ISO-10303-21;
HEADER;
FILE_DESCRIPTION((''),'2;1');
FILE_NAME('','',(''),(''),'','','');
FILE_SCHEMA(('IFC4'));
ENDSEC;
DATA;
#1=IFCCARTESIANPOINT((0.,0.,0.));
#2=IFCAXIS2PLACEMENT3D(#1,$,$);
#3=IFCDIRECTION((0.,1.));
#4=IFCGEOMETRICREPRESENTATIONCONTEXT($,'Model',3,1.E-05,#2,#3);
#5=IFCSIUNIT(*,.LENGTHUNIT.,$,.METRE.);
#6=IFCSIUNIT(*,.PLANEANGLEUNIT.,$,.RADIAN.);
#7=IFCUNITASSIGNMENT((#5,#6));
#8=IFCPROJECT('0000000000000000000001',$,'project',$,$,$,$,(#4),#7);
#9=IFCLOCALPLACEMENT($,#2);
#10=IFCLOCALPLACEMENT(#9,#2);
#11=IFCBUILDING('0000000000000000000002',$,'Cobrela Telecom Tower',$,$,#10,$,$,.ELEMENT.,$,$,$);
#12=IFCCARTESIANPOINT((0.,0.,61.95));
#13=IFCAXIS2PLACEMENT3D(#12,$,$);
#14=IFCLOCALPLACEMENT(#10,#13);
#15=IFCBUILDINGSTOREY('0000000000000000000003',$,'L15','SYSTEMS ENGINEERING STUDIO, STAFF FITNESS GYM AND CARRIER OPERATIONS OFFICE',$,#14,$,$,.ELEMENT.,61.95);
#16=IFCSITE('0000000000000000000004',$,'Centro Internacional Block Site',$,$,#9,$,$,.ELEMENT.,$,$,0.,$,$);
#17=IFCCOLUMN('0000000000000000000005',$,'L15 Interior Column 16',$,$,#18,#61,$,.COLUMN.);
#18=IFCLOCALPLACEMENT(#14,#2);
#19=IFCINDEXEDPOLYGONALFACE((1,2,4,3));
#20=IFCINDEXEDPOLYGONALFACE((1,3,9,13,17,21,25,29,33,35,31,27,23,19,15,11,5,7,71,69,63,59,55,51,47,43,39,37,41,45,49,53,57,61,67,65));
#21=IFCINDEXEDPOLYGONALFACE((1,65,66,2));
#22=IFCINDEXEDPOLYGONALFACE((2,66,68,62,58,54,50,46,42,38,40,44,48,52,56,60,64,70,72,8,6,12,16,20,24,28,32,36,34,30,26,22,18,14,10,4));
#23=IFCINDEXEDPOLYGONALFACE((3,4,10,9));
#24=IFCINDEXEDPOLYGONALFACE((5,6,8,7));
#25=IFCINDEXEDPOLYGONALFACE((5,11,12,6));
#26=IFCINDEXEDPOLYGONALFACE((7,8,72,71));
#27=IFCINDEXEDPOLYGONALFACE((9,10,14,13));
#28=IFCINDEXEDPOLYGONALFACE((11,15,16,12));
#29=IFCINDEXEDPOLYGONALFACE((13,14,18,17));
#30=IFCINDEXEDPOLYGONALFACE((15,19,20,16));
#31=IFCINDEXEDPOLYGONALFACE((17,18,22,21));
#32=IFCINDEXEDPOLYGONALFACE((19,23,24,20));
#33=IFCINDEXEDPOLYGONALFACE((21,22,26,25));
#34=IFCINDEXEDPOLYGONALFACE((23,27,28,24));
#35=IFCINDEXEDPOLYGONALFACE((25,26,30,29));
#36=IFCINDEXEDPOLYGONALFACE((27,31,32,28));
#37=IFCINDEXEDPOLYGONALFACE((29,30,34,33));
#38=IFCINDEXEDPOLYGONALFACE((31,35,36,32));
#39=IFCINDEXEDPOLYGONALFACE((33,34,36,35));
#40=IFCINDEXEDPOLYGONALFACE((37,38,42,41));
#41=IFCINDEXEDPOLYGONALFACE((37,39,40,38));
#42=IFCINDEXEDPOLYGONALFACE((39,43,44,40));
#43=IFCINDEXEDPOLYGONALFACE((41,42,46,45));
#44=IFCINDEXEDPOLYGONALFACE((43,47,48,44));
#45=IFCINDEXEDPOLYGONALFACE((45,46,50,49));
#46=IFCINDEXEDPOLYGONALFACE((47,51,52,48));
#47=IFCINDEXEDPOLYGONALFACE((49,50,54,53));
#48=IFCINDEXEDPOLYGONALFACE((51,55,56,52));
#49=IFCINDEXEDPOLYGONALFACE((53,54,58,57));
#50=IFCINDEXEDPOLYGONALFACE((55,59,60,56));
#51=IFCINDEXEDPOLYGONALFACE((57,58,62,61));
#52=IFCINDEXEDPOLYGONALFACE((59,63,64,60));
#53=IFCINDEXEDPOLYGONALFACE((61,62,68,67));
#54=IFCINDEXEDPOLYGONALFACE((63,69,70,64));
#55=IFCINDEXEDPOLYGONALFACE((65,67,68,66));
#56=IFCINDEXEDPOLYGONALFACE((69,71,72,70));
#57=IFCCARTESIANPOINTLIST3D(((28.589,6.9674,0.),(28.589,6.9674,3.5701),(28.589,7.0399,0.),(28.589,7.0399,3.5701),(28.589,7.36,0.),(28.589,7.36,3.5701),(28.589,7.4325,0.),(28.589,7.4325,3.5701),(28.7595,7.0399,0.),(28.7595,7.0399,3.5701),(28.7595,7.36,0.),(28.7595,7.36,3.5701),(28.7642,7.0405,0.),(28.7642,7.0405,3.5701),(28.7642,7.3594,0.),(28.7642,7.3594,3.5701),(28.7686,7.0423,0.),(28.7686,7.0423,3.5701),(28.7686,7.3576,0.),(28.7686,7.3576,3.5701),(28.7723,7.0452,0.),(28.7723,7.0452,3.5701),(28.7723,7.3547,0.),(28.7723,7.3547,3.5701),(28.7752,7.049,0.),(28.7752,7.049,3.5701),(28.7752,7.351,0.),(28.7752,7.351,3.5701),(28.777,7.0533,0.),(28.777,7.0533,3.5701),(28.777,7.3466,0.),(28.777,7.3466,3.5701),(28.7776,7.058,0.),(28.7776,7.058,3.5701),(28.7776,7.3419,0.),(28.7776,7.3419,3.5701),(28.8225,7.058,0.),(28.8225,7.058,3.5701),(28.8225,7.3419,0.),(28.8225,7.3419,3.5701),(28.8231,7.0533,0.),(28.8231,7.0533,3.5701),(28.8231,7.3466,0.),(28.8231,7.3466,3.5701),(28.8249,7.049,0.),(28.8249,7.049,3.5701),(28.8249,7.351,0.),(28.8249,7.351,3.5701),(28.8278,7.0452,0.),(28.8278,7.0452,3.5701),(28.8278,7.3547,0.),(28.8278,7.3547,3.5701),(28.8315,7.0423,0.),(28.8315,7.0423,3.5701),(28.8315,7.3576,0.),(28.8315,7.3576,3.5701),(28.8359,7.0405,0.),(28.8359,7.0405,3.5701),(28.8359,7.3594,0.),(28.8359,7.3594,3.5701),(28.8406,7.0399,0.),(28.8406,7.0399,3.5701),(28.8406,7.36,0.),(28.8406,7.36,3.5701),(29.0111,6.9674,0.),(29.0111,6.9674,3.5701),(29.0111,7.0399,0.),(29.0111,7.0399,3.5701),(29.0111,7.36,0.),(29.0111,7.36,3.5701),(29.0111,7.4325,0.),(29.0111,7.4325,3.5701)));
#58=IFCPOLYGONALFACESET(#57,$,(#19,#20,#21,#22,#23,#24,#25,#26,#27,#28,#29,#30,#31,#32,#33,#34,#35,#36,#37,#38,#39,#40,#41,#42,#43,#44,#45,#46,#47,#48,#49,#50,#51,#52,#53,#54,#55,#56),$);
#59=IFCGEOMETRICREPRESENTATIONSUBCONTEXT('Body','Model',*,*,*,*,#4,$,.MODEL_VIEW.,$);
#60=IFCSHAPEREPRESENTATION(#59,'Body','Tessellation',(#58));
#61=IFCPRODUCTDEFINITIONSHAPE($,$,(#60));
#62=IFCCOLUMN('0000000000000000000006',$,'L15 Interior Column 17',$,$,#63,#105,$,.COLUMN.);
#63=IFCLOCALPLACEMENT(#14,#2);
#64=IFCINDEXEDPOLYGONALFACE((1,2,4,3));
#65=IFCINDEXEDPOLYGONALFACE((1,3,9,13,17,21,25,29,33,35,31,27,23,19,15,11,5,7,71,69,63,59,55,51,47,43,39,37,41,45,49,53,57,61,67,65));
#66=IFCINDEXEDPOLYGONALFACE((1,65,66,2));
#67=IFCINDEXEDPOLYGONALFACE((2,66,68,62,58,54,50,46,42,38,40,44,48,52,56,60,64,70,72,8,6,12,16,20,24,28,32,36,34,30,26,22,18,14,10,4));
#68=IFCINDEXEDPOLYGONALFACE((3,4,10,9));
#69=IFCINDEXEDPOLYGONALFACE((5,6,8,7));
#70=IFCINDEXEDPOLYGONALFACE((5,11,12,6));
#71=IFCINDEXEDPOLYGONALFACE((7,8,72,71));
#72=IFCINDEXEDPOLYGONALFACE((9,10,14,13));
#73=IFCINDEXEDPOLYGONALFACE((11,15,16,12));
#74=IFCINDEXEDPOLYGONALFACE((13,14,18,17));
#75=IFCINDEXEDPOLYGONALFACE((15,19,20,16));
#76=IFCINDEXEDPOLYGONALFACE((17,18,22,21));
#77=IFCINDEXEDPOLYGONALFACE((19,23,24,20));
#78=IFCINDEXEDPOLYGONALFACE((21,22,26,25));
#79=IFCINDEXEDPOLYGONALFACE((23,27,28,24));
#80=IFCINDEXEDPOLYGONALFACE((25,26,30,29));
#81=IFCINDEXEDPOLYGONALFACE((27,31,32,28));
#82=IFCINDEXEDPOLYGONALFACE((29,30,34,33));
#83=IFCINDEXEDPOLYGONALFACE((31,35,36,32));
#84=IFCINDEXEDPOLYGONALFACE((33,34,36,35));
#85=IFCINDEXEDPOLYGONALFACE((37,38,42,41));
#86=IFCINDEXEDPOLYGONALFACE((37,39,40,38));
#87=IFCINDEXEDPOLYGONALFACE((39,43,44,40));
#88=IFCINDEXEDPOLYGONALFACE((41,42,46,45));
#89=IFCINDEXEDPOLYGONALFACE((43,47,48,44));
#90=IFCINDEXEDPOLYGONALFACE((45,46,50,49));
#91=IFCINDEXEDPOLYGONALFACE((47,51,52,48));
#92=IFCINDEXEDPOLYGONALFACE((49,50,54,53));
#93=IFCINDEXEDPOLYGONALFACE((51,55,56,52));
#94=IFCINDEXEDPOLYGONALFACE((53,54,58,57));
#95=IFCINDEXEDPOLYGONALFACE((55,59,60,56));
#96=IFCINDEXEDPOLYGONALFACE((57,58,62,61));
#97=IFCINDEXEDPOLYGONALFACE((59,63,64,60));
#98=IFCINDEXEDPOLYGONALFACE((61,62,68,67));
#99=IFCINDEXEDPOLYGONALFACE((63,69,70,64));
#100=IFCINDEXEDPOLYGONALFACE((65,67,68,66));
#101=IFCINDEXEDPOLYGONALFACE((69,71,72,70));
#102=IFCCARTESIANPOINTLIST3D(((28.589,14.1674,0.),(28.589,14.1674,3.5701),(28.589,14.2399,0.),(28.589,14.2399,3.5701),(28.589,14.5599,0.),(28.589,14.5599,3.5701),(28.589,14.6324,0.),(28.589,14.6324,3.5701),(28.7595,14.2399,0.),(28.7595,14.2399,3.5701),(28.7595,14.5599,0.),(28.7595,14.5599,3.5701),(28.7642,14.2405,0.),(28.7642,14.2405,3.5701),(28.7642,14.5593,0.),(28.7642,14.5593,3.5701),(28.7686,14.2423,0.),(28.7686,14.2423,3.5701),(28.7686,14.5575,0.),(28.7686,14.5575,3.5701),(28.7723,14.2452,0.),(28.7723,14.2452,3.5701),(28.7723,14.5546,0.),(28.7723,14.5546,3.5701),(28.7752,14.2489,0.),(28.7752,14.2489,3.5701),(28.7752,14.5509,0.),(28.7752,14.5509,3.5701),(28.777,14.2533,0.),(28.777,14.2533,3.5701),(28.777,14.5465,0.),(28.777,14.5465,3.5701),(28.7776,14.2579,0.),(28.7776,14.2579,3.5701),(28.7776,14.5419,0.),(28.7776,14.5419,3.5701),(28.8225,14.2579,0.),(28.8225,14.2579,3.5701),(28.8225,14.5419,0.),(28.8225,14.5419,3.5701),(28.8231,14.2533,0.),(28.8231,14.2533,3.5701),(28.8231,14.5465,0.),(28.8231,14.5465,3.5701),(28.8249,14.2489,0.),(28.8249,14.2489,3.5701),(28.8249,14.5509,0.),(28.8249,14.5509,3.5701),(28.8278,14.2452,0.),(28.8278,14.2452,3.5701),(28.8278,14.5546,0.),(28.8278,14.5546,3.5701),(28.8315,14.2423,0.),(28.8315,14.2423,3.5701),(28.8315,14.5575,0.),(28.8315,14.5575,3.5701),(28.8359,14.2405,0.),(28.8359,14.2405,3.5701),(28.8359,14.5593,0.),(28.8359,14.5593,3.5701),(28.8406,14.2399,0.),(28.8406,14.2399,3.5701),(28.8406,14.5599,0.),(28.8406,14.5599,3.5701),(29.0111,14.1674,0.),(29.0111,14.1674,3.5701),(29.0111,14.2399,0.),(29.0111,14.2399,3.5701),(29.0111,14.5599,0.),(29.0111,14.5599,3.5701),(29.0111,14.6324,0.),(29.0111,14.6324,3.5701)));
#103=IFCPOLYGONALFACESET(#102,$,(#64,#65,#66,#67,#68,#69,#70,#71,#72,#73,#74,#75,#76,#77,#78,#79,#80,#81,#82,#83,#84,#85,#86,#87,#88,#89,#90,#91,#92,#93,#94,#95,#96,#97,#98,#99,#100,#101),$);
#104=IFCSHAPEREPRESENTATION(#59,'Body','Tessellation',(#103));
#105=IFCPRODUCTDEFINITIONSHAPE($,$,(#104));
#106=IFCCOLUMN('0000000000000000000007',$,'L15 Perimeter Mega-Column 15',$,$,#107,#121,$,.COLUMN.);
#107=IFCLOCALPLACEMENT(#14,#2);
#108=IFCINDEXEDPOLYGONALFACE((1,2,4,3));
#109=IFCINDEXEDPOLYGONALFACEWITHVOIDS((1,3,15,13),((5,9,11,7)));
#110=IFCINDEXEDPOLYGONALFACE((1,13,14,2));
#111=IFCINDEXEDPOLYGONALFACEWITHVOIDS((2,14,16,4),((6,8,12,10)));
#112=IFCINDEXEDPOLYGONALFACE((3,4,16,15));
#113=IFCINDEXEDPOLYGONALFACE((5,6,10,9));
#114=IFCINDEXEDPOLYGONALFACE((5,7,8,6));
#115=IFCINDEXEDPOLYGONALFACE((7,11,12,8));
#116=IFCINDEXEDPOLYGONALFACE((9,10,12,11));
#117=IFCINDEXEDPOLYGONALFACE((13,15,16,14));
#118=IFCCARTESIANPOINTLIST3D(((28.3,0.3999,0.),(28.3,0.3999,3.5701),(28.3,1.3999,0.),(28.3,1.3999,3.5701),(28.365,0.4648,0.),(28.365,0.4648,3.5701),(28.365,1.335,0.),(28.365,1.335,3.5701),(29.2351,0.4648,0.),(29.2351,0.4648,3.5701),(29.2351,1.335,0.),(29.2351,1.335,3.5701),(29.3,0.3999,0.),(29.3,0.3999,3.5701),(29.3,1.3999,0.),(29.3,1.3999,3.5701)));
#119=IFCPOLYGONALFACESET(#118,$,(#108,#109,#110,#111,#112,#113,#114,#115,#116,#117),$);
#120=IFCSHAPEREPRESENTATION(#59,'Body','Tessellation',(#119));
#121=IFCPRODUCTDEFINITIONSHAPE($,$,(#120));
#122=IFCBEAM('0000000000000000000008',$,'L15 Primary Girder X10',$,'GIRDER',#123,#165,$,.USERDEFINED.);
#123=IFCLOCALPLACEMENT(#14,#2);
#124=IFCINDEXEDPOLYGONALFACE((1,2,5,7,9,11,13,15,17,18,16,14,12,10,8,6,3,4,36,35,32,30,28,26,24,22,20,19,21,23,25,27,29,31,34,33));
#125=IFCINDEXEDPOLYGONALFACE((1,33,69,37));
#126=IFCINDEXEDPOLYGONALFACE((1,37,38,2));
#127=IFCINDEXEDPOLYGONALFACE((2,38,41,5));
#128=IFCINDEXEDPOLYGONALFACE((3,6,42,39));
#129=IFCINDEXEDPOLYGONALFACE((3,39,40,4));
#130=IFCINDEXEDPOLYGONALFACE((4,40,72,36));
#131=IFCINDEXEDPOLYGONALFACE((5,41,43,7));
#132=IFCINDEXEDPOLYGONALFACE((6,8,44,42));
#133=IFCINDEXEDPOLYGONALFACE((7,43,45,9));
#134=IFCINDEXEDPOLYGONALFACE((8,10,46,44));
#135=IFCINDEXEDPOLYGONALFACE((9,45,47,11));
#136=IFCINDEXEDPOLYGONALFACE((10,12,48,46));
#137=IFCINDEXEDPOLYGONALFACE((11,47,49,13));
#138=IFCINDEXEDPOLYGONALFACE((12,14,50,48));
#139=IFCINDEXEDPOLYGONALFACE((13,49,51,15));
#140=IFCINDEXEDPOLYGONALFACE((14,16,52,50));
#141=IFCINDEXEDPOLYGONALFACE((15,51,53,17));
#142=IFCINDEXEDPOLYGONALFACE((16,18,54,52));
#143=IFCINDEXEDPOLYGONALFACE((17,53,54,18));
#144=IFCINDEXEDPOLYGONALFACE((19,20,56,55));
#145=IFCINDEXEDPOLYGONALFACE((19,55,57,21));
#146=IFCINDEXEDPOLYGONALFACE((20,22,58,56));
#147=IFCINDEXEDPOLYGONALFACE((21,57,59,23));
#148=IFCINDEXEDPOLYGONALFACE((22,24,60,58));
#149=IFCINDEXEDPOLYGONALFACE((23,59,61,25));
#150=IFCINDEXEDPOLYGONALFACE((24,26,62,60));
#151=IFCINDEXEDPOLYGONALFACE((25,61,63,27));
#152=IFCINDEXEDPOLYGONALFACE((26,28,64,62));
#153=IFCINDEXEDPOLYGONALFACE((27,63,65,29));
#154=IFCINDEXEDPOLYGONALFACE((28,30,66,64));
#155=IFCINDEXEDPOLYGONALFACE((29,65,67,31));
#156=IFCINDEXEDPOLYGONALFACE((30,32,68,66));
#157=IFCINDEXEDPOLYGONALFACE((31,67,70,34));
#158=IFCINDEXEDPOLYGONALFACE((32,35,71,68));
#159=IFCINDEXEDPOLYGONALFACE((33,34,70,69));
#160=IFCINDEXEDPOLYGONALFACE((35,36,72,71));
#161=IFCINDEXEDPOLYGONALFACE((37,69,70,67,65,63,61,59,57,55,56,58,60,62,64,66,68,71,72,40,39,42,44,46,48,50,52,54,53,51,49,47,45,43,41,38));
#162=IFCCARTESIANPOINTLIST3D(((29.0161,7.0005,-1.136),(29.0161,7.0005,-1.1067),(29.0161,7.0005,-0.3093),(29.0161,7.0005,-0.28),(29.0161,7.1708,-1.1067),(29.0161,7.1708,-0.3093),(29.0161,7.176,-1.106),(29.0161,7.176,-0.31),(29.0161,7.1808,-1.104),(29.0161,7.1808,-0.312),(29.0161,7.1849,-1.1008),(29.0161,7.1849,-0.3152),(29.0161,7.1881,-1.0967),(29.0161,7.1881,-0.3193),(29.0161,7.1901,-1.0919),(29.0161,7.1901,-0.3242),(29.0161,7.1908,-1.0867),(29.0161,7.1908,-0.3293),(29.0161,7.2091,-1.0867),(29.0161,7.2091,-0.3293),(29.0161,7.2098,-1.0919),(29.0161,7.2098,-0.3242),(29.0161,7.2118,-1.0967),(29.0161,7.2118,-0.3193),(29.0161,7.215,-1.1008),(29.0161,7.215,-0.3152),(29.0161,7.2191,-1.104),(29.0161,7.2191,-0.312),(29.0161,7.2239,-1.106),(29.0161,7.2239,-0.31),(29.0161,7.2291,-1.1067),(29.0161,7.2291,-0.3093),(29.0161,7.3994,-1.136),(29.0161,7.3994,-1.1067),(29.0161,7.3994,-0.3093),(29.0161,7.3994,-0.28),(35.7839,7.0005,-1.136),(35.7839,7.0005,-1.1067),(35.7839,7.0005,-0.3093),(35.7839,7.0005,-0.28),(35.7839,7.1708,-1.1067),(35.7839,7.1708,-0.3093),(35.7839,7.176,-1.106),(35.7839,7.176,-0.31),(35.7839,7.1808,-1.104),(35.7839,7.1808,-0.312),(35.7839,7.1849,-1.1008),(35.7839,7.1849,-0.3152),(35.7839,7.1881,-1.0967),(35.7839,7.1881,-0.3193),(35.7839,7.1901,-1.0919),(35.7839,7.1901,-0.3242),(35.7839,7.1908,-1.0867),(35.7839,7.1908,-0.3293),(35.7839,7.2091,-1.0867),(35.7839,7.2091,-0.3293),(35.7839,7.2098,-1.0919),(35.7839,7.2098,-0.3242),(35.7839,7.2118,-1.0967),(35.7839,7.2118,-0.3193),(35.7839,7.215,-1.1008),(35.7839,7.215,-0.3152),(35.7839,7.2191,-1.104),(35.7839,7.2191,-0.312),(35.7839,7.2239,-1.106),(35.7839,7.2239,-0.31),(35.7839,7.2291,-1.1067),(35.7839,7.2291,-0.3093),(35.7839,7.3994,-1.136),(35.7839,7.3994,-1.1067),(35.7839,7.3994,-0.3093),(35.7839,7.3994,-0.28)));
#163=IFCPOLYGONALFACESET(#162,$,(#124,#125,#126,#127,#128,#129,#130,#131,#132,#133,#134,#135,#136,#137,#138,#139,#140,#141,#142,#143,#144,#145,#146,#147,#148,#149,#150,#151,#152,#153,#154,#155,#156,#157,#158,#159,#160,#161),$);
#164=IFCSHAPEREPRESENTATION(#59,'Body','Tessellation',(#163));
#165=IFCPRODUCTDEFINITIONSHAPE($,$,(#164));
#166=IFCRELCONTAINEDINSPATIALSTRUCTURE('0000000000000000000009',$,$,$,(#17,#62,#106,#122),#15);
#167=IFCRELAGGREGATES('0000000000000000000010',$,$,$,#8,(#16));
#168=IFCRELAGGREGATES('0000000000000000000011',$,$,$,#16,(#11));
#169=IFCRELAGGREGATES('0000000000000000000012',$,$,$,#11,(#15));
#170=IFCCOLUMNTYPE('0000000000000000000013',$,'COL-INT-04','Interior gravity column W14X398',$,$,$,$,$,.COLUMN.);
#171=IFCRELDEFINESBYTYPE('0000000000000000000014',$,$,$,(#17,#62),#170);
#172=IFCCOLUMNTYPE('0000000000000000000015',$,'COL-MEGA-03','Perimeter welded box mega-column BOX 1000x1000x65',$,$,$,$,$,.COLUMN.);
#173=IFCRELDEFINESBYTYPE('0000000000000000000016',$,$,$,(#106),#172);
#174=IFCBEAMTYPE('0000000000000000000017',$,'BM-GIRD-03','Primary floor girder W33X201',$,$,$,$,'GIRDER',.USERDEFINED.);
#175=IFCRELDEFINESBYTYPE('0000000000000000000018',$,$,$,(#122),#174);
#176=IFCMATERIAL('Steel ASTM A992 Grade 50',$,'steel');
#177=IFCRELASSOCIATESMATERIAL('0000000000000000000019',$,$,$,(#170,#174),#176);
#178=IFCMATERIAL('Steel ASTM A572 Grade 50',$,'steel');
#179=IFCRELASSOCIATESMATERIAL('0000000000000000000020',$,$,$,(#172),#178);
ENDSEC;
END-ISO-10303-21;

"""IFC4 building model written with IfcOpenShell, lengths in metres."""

from ifc_helpers import new_model, si_unit, direction, frame, origin, origin_2d, place, context, subcontext, project, spatial, hollow_rectangle, i_section, extrude, material, material_profile, profile_set, type_object, element, save


model = new_model("IFC4")

# Units and contexts
model_context = context("Model", 3, precision=1e-05, world=origin(), true_north=direction((0.0, 1.0)))
body_context = subcontext(model_context, "Body", "Model", "MODEL_VIEW")
ifc_project = project(units=[si_unit("LENGTHUNIT", "METRE"), si_unit("PLANEANGLEUNIT", "RADIAN")], contexts=[model_context])

# Site, building, storey
site_placement = place(None, origin())
site = spatial("IfcSite", under=ifc_project, at=site_placement, Name="Centro Internacional Block Site", CompositionType="ELEMENT", RefElevation=0.0)
building_placement = place(site_placement, origin())
building = spatial("IfcBuilding", under=site, at=building_placement, Name="Cobrela Telecom Tower", CompositionType="ELEMENT")
storey_placement = place(building_placement, frame((0.0, 0.0, 61.95)))
storey = spatial("IfcBuildingStorey", under=building, at=storey_placement, Name="L15", Description="SYSTEMS ENGINEERING STUDIO, STAFF FITNESS GYM AND CARRIER OPERATIONS OFFICE", CompositionType="ELEMENT", Elevation=61.95)

# Columns
ifc_material_1 = material(Name="Steel ASTM A992 Grade 50", Category="steel")
ifc_material_profile_1 = material_profile(ifc_material_1, i_section(OverallWidth=0.4221, OverallDepth=0.4651, WebThickness=0.0449, FlangeThickness=0.0725, FilletRadius=0.0181, at=origin_2d()), Name="W14X398")
ifc_profile_set_1 = profile_set([ifc_material_profile_1], Name="Steel ASTM A992 Grade 50")
column_type_1 = type_object("IfcColumnType", Name="COL-INT-04", Description="Interior gravity column W14X398", PredefinedType="COLUMN", material=ifc_profile_set_1)
for number, where, z_axis, x_axis, name in (
    (1, (28.8, 7.2, 0.0), (0.0, 0.0, 1.0), (1.0, 0.0, 0.0), "L15 Interior Column 16"),
    (2, (28.8, 14.3999, 0.0), (0.0, 0.0, 1.0), (1.0, 0.0, 0.0), "L15 Interior Column 17"),
):
    element("IfcColumn", number, at=place(storey_placement, frame(where, z_axis=z_axis, x_axis=x_axis)), inside=storey, type_object=column_type_1, Name=name, PredefinedType="COLUMN", context=body_context, shape_type="SweptSolid", body=[
        extrude(i_section(OverallWidth=0.4221, OverallDepth=0.4651, WebThickness=0.0449, FlangeThickness=0.0725, FilletRadius=0.0181, at=origin_2d()), origin(), (0.0, 0.0, 1.0), 3.5701),
    ])
ifc_material_2 = material(Name="Steel ASTM A572 Grade 50", Category="steel")
ifc_material_profile_2 = material_profile(ifc_material_2, hollow_rectangle(XDim=1.0, YDim=1.0, WallThickness=0.0649, at=origin_2d()), Name="BOX 1000x1000x65")
ifc_profile_set_2 = profile_set([ifc_material_profile_2], Name="Steel ASTM A572 Grade 50")
column_type_2 = type_object("IfcColumnType", Name="COL-MEGA-03", Description="Perimeter welded box mega-column BOX 1000x1000x65", PredefinedType="COLUMN", material=ifc_profile_set_2)
column_placement = place(storey_placement, frame((28.8, 0.8999, 0.0), z_axis=(0.0, 0.0, 1.0), x_axis=(1.0, 0.0, 0.0)))
element("IfcColumn", 3, at=column_placement, inside=storey, type_object=column_type_2, Name="L15 Perimeter Mega-Column 15", PredefinedType="COLUMN", context=body_context, shape_type="SweptSolid", body=[
    extrude(hollow_rectangle(XDim=1.0, YDim=1.0, WallThickness=0.0649, at=origin_2d()), origin(), (0.0, 0.0, 1.0), 3.5701),
])

# Beam
ifc_material_profile_3 = material_profile(ifc_material_1, i_section(OverallWidth=0.3989, OverallDepth=0.856, WebThickness=0.0183, FlangeThickness=0.0293, FilletRadius=0.02, at=origin_2d()), Name="W33X201")
ifc_profile_set_3 = profile_set([ifc_material_profile_3], Name="Steel ASTM A992 Grade 50")
beam_type_1 = type_object("IfcBeamType", Name="BM-GIRD-03", Description="Primary floor girder W33X201", ElementType="GIRDER", PredefinedType="USERDEFINED", material=ifc_profile_set_3)
for number, where, z_axis, x_axis, name in (
    (4, (29.0161, 7.2, -0.708), (1.0, 0.0, 0.0), (0.0, 1.0, 0.0), "L15 Primary Girder X10"),
):
    element("IfcBeam", number, at=place(storey_placement, frame(where, z_axis=z_axis, x_axis=x_axis)), inside=storey, type_object=beam_type_1, Name=name, ObjectType="GIRDER", PredefinedType="USERDEFINED", context=body_context, shape_type="SweptSolid", body=[
        extrude(i_section(OverallWidth=0.3989, OverallDepth=0.856, WebThickness=0.0183, FlangeThickness=0.0293, FilletRadius=0.02, at=origin_2d()), origin(), (0.0, 0.0, 1.0), 6.7678),
    ])

save(model, "model.ifc")
